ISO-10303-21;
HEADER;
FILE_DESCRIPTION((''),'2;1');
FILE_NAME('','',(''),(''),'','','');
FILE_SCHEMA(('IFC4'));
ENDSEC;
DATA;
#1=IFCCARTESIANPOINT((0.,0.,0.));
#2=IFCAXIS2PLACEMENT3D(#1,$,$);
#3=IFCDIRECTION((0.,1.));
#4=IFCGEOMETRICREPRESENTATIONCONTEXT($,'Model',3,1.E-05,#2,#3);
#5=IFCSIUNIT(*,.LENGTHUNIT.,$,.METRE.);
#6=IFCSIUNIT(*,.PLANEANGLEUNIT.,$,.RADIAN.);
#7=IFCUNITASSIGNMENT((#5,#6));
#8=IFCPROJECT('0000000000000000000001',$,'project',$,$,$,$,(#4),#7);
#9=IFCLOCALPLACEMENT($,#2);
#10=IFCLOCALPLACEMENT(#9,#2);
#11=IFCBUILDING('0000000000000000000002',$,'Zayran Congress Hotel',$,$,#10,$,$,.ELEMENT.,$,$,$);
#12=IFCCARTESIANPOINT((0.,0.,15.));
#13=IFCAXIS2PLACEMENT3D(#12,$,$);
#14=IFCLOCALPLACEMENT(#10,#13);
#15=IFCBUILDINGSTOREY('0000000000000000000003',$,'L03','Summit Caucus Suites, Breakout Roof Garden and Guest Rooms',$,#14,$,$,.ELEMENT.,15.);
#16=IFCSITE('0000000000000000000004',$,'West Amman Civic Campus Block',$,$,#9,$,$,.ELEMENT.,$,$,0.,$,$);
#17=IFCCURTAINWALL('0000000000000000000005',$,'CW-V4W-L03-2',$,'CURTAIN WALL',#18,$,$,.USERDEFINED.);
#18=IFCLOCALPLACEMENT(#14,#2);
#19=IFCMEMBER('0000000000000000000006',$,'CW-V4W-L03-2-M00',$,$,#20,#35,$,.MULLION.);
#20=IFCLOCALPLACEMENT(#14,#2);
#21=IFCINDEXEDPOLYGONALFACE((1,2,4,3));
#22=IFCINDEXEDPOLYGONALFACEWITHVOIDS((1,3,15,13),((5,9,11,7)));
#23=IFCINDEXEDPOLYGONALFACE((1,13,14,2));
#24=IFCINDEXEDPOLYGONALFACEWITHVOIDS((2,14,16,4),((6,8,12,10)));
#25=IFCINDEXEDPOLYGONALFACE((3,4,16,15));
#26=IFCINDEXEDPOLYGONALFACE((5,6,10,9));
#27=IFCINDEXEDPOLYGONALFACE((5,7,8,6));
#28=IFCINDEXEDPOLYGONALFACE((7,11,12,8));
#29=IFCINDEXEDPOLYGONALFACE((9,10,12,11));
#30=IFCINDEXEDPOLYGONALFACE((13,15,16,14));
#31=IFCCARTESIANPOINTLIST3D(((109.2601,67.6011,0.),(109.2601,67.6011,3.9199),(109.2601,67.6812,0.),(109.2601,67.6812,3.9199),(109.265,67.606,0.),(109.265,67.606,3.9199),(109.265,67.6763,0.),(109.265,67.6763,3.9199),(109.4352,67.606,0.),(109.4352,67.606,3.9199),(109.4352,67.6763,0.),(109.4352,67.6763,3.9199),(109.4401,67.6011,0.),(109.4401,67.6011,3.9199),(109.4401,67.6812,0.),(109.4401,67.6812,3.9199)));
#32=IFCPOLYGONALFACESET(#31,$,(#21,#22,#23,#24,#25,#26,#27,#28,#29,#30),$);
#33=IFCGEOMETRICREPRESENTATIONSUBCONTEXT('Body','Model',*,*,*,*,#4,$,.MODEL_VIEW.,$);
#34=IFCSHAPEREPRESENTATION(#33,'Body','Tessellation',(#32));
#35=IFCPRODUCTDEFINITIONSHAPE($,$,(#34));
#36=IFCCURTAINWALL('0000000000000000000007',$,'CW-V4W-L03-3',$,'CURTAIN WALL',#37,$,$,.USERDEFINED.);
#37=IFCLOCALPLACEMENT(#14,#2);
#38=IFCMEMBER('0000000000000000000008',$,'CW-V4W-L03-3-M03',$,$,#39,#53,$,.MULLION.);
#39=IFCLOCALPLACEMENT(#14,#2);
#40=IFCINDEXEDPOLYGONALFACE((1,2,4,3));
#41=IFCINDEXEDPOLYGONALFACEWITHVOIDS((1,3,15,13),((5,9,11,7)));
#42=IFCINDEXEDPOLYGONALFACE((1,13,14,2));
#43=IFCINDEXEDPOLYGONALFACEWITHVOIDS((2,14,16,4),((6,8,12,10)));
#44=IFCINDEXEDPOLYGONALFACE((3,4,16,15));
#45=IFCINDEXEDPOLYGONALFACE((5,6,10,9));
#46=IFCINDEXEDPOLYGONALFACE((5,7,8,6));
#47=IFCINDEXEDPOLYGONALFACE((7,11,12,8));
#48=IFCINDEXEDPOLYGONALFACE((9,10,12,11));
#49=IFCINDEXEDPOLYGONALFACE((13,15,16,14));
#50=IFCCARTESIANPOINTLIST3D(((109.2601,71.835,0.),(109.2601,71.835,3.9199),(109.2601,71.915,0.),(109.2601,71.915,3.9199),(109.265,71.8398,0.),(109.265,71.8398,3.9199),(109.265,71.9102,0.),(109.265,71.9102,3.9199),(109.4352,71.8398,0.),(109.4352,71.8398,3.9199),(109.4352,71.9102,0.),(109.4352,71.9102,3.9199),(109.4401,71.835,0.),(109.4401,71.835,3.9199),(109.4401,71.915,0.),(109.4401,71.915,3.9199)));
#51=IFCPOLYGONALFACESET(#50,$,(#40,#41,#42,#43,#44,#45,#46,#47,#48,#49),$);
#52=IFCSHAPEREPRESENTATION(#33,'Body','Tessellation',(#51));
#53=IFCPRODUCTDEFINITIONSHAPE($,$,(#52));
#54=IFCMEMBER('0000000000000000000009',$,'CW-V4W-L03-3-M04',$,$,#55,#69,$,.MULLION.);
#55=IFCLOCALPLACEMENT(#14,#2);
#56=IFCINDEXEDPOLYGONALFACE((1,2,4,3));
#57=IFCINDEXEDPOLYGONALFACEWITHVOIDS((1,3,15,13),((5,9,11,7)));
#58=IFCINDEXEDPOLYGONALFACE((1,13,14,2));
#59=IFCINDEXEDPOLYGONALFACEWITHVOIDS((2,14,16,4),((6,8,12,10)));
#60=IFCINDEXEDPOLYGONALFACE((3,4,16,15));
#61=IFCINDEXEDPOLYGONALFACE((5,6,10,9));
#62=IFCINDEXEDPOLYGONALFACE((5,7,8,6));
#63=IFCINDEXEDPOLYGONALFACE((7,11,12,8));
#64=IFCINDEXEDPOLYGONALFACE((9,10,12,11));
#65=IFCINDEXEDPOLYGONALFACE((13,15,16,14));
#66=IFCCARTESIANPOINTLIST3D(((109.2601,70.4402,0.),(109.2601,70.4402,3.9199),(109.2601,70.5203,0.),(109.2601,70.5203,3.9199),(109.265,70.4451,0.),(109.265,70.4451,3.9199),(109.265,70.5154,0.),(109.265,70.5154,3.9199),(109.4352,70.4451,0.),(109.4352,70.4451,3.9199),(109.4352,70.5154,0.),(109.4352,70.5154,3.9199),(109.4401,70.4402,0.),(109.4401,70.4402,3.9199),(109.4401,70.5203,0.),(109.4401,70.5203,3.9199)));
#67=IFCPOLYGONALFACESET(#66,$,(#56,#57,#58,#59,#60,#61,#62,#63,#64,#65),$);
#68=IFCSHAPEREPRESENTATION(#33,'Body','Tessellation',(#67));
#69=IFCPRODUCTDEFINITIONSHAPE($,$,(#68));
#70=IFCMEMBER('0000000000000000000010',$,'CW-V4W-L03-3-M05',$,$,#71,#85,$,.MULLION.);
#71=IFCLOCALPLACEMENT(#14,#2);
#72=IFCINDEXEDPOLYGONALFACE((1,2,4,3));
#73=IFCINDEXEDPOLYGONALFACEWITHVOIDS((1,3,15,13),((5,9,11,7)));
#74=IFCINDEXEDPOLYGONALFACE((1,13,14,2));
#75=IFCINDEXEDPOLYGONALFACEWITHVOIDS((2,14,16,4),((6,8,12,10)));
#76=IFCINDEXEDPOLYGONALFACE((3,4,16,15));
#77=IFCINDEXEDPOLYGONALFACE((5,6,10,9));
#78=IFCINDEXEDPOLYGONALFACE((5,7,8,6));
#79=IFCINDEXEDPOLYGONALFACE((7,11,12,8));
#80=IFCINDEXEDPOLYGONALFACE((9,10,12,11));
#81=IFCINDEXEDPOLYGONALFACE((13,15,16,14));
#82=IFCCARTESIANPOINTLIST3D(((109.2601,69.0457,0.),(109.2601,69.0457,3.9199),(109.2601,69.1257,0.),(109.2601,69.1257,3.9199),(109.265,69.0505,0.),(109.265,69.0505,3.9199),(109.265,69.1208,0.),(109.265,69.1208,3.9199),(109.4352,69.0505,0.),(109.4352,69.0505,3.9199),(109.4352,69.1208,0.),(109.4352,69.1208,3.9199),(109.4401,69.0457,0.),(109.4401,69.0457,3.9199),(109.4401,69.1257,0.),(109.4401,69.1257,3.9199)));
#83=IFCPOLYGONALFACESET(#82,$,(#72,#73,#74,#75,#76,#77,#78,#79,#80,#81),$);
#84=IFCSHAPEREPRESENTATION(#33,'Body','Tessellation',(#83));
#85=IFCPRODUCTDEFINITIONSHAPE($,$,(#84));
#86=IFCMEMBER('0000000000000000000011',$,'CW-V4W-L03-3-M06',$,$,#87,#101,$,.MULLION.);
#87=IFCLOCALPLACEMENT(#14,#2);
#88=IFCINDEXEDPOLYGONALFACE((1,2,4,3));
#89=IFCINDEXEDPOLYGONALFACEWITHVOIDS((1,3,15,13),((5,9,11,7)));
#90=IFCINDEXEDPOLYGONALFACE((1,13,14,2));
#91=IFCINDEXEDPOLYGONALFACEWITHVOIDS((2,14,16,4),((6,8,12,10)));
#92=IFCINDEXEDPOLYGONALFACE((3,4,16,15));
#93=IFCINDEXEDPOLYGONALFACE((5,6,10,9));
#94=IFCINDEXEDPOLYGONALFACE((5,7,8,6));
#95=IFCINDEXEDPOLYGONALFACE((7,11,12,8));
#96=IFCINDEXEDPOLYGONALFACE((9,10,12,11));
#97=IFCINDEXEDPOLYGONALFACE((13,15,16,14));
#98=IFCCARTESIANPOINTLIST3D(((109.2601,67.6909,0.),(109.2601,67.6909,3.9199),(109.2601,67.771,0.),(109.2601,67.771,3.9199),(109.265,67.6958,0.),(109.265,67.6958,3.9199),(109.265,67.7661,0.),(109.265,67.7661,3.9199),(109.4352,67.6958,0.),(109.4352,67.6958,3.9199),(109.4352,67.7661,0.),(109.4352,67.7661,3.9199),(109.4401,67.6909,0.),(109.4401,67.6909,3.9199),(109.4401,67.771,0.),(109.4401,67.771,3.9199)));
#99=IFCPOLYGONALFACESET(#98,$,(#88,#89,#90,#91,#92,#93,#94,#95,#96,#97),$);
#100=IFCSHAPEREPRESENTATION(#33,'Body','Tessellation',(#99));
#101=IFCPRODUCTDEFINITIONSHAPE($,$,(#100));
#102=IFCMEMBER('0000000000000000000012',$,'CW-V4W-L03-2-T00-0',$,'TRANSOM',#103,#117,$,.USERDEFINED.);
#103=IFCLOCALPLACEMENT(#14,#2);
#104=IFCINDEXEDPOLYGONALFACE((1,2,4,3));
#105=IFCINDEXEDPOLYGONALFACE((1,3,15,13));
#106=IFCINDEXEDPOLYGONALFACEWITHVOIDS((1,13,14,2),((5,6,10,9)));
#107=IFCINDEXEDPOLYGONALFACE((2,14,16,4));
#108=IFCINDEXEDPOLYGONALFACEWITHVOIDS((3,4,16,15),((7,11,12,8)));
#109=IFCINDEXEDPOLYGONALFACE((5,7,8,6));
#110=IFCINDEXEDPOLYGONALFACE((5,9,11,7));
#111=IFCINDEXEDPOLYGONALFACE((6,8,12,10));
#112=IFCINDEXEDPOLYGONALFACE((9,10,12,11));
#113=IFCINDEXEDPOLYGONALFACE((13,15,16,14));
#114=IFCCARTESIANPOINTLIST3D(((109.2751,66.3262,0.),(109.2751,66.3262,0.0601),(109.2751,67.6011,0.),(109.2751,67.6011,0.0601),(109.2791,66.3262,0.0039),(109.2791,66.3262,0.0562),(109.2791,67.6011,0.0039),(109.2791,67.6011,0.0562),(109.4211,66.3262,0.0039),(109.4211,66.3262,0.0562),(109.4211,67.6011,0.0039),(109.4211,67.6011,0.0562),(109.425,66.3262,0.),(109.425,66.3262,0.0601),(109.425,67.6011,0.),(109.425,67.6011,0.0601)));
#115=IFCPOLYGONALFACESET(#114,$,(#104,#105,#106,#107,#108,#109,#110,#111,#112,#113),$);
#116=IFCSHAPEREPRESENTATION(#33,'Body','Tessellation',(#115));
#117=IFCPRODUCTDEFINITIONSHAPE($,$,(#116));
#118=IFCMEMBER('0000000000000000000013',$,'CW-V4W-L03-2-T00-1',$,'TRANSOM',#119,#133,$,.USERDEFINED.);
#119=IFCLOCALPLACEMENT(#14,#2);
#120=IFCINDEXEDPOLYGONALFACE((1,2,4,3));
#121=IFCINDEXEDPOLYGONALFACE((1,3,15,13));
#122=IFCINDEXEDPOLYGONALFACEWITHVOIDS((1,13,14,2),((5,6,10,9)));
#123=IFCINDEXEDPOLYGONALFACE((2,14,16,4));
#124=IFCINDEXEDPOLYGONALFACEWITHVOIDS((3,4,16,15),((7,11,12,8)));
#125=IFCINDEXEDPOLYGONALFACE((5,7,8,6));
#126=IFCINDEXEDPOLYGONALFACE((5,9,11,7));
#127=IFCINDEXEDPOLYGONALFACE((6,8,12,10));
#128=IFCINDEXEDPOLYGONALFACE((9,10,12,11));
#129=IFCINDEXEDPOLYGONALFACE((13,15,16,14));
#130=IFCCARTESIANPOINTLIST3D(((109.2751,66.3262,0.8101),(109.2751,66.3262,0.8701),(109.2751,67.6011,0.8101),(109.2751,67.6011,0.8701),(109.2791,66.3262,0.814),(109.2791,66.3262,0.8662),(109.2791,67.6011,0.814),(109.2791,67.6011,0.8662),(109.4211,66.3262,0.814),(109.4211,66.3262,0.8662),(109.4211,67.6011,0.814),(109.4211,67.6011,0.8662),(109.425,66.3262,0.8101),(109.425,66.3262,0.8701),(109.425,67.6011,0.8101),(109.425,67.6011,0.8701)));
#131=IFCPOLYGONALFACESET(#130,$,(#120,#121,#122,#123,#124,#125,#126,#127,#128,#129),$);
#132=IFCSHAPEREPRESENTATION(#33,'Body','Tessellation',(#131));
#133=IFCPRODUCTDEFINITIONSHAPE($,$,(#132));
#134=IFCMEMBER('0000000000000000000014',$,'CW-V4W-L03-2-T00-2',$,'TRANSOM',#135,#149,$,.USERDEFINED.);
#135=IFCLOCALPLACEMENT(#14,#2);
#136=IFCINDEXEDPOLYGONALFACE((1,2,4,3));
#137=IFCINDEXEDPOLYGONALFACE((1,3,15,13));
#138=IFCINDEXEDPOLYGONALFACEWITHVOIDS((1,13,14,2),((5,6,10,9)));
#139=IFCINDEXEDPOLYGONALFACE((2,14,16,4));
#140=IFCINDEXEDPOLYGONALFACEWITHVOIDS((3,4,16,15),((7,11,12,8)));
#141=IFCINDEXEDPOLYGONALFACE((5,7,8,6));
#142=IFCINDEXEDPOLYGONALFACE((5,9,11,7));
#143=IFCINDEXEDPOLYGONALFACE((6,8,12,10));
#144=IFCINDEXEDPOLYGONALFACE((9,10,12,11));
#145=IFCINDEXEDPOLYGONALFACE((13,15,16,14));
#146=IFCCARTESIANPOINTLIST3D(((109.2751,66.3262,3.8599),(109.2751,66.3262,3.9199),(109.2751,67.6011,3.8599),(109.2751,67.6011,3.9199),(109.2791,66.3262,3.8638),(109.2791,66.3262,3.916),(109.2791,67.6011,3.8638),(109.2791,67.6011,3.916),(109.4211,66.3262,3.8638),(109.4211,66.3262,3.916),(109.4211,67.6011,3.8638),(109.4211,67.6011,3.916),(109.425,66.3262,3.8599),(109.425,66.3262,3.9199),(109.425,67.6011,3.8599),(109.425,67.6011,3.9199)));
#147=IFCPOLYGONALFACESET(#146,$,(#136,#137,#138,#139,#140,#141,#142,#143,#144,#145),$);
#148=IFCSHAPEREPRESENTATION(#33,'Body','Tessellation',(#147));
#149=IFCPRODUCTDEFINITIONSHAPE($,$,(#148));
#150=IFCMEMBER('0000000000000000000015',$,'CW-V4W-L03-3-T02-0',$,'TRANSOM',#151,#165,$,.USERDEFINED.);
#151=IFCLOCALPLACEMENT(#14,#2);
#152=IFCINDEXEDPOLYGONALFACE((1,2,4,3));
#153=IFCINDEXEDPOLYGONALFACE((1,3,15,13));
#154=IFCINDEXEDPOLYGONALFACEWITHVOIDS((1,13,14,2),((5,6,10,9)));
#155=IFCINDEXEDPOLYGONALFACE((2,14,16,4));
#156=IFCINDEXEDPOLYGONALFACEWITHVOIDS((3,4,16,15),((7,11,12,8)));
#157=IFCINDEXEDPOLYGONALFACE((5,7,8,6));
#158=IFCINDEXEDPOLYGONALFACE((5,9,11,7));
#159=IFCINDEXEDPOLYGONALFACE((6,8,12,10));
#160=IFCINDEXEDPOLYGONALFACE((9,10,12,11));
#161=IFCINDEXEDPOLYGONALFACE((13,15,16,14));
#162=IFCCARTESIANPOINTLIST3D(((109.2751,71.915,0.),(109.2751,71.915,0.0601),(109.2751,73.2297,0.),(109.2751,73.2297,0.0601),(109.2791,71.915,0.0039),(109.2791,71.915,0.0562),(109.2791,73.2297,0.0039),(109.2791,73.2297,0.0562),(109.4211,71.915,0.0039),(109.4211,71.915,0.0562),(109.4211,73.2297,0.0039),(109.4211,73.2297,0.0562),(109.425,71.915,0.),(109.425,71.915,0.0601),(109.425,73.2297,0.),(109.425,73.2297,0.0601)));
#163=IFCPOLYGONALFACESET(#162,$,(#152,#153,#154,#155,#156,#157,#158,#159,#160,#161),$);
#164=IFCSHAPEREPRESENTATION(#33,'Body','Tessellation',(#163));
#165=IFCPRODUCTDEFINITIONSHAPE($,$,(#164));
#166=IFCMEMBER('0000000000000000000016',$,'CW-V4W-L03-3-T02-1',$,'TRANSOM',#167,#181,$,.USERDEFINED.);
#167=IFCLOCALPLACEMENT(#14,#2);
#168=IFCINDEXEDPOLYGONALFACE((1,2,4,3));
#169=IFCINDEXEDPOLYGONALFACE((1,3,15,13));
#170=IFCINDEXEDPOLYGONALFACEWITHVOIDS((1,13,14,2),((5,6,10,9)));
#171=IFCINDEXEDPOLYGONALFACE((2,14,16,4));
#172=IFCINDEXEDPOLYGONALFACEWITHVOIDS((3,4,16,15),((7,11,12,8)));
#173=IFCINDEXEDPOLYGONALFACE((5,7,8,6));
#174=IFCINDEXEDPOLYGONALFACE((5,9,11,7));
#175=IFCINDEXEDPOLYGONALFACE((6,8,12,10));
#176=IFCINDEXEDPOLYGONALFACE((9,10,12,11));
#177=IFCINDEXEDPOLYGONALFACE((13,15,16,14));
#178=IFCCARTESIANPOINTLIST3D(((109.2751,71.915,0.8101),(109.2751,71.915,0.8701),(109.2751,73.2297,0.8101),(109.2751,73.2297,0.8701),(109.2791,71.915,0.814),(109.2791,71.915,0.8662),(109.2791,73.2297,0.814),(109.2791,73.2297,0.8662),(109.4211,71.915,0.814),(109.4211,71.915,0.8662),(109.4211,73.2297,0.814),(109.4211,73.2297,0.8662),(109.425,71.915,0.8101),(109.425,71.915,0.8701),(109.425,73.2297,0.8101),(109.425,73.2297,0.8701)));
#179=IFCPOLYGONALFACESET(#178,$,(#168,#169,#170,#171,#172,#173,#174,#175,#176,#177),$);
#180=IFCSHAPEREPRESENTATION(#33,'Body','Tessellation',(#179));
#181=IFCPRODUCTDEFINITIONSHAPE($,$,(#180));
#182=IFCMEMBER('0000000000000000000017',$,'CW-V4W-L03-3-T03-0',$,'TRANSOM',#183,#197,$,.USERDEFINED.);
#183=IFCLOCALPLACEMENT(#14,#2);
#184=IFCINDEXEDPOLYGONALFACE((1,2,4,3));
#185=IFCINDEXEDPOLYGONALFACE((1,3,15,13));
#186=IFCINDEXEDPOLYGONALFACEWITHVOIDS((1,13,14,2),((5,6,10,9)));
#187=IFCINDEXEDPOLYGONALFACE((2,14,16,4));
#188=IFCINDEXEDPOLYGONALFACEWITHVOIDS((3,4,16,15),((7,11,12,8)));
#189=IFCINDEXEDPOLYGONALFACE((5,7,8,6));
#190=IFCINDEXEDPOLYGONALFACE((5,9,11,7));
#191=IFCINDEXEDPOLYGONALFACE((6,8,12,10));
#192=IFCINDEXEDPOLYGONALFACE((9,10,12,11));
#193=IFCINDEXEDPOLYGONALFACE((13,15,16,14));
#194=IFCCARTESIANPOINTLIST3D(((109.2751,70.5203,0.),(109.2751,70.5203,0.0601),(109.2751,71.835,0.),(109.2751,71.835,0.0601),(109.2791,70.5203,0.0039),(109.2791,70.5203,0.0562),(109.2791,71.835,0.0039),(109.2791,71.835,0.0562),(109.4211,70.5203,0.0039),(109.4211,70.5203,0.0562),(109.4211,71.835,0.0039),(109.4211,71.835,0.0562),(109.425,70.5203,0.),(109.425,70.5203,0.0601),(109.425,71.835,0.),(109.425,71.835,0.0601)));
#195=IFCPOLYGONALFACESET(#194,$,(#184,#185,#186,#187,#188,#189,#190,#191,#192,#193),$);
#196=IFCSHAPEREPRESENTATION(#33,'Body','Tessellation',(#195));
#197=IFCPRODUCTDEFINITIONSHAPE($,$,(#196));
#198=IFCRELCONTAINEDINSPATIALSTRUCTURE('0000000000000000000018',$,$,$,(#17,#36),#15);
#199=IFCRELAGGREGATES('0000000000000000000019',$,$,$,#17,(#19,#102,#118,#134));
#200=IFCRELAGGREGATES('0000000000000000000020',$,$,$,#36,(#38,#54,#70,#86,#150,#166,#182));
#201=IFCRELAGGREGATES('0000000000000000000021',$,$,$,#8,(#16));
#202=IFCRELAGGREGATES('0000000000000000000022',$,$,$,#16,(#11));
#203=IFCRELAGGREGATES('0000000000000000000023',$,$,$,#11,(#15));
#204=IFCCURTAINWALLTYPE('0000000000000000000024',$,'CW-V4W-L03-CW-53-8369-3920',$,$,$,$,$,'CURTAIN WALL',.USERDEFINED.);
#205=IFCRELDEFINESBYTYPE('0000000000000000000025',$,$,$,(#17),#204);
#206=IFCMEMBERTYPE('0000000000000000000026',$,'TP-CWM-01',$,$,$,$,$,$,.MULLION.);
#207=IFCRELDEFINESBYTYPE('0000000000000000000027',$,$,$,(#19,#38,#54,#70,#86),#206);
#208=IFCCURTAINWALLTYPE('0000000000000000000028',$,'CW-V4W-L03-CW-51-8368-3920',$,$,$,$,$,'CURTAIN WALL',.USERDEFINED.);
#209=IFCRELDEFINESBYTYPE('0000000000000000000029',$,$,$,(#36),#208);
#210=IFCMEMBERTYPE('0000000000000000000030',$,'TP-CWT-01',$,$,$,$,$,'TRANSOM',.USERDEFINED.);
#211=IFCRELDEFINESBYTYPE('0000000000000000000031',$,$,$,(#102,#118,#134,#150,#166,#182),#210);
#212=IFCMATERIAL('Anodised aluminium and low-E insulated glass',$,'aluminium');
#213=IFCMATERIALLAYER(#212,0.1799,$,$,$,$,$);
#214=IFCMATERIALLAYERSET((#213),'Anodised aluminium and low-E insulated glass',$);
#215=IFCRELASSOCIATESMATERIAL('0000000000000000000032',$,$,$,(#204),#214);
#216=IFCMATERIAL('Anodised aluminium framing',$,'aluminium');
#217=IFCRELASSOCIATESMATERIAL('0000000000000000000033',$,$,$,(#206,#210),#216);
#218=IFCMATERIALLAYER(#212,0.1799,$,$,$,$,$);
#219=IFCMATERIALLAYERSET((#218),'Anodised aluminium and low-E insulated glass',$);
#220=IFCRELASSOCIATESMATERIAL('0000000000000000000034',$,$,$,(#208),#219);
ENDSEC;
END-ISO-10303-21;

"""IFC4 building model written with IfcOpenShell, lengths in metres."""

from ifc_helpers import new_model, si_unit, direction, frame, origin, origin_2d, place, context, subcontext, project, spatial, hollow_rectangle, extrude, material, layer, layer_set, material_profile, profile_set, type_object, element, aggregate, save


model = new_model("IFC4")

# Units and contexts
model_context = context("Model", 3, precision=1e-05, world=origin(), true_north=direction((0.0, 1.0)))
body_context = subcontext(model_context, "Body", "Model", "MODEL_VIEW")
ifc_project = project(units=[si_unit("LENGTHUNIT", "METRE"), si_unit("PLANEANGLEUNIT", "RADIAN")], contexts=[model_context])

# Site, building, storey
site_placement = place(None, origin())
site = spatial("IfcSite", under=ifc_project, at=site_placement, Name="West Amman Civic Campus Block", CompositionType="ELEMENT", RefElevation=0.0)
building_placement = place(site_placement, origin())
building = spatial("IfcBuilding", under=site, at=building_placement, Name="Zayran Congress Hotel", CompositionType="ELEMENT")
storey_placement = place(building_placement, frame((0.0, 0.0, 15.0)))
storey = spatial("IfcBuildingStorey", under=building, at=storey_placement, Name="L03", Description="Summit Caucus Suites, Breakout Roof Garden and Guest Rooms", CompositionType="ELEMENT", Elevation=15.0)

# Curtain wall, member
ifc_material_1 = material(Name="Anodised aluminium and low-E insulated glass", Category="aluminium")
ifc_layer_1 = layer(ifc_material_1, 0.1799)
ifc_layer_set_1 = layer_set([ifc_layer_1], Name="Anodised aluminium and low-E insulated glass")
curtain_wall_type_1 = type_object("IfcCurtainWallType", Name="CW-V4W-L03-CW-53-8369-3920", ElementType="CURTAIN WALL", PredefinedType="USERDEFINED", material=ifc_layer_set_1)
curtain_wall_1_placement = place(storey_placement, origin())
curtain_wall_1 = element("IfcCurtainWall", 1, at=curtain_wall_1_placement, inside=storey, type_object=curtain_wall_type_1, Name="CW-V4W-L03-2", ObjectType="CURTAIN WALL", PredefinedType="USERDEFINED")
ifc_material_2 = material(Name="Anodised aluminium framing", Category="aluminium")
ifc_material_profile_1 = material_profile(ifc_material_2, hollow_rectangle(XDim=0.0801, YDim=0.1799, WallThickness=0.0049, at=origin_2d()), Name="RHS 180x80x5")
ifc_profile_set_1 = profile_set([ifc_material_profile_1], Name="Anodised aluminium framing")
member_type_1 = type_object("IfcMemberType", Name="TP-CWM-01", PredefinedType="MULLION", material=ifc_profile_set_1)
member_1_placement = place(storey_placement, frame((109.3501, 67.6411, 0.0), z_axis=(0.0, 0.0, 1.0), x_axis=(0.0, 1.0, 0.0)))
member_1 = element("IfcMember", 2, at=member_1_placement, type_object=member_type_1, Name="CW-V4W-L03-2-M00", PredefinedType="MULLION", context=body_context, shape_type="SweptSolid", body=[
    extrude(hollow_rectangle(XDim=0.0801, YDim=0.1799, WallThickness=0.0049, at=origin_2d()), origin(), (0.0, 0.0, 1.0), 3.9199),
])

# Curtain wall, members
ifc_layer_2 = layer(ifc_material_1, 0.1799)
ifc_layer_set_2 = layer_set([ifc_layer_2], Name="Anodised aluminium and low-E insulated glass")
curtain_wall_type_2 = type_object("IfcCurtainWallType", Name="CW-V4W-L03-CW-51-8368-3920", ElementType="CURTAIN WALL", PredefinedType="USERDEFINED", material=ifc_layer_set_2)
curtain_wall_2_placement = place(storey_placement, origin())
curtain_wall_2 = element("IfcCurtainWall", 3, at=curtain_wall_2_placement, inside=storey, type_object=curtain_wall_type_2, Name="CW-V4W-L03-3", ObjectType="CURTAIN WALL", PredefinedType="USERDEFINED")
member_2_placement = place(storey_placement, frame((109.3501, 71.875, 0.0), z_axis=(0.0, 0.0, 1.0), x_axis=(0.0, 1.0, 0.0)))
member_2 = element("IfcMember", 4, at=member_2_placement, type_object=member_type_1, Name="CW-V4W-L03-3-M03", PredefinedType="MULLION", context=body_context, shape_type="SweptSolid", body=[
    extrude(hollow_rectangle(XDim=0.0801, YDim=0.1799, WallThickness=0.0049, at=origin_2d()), origin(), (0.0, 0.0, 1.0), 3.9199),
])
member_3_placement = place(storey_placement, frame((109.3501, 70.4802, 0.0), z_axis=(0.0, 0.0, 1.0), x_axis=(0.0, 1.0, 0.0)))
member_3 = element("IfcMember", 5, at=member_3_placement, type_object=member_type_1, Name="CW-V4W-L03-3-M04", PredefinedType="MULLION", context=body_context, shape_type="SweptSolid", body=[
    extrude(hollow_rectangle(XDim=0.0801, YDim=0.1799, WallThickness=0.0049, at=origin_2d()), origin(), (0.0, 0.0, 1.0), 3.9199),
])
member_4_placement = place(storey_placement, frame((109.3501, 69.0857, 0.0), z_axis=(0.0, 0.0, 1.0), x_axis=(0.0, 1.0, 0.0)))
member_4 = element("IfcMember", 6, at=member_4_placement, type_object=member_type_1, Name="CW-V4W-L03-3-M05", PredefinedType="MULLION", context=body_context, shape_type="SweptSolid", body=[
    extrude(hollow_rectangle(XDim=0.0801, YDim=0.1799, WallThickness=0.0049, at=origin_2d()), origin(), (0.0, 0.0, 1.0), 3.9199),
])
member_5_placement = place(storey_placement, frame((109.3501, 67.731, 0.0), z_axis=(0.0, 0.0, 1.0), x_axis=(0.0, 1.0, 0.0)))
member_5 = element("IfcMember", 7, at=member_5_placement, type_object=member_type_1, Name="CW-V4W-L03-3-M06", PredefinedType="MULLION", context=body_context, shape_type="SweptSolid", body=[
    extrude(hollow_rectangle(XDim=0.0801, YDim=0.1799, WallThickness=0.0049, at=origin_2d()), origin(), (0.0, 0.0, 1.0), 3.9199),
])

# Members
ifc_material_profile_2 = material_profile(ifc_material_2, hollow_rectangle(XDim=0.0601, YDim=0.1499, WallThickness=0.0039, at=origin_2d()), Name="RHS 150x60x4")
ifc_profile_set_2 = profile_set([ifc_material_profile_2], Name="Anodised aluminium framing")
member_type_2 = type_object("IfcMemberType", Name="TP-CWT-01", ElementType="TRANSOM", PredefinedType="USERDEFINED", material=ifc_profile_set_2)
member_6_placement = place(storey_placement, frame((109.3501, 67.6011, 0.03), z_axis=(0.0, -1.0, 0.0), x_axis=(0.0, 0.0, 1.0)))
member_6 = element("IfcMember", 8, at=member_6_placement, type_object=member_type_2, Name="CW-V4W-L03-2-T00-0", ObjectType="TRANSOM", PredefinedType="USERDEFINED", context=body_context, shape_type="SweptSolid", body=[
    extrude(hollow_rectangle(XDim=0.0601, YDim=0.1499, WallThickness=0.0039, at=origin_2d()), origin(), (0.0, 0.0, 1.0), 1.2749),
])
member_7_placement = place(storey_placement, frame((109.3501, 67.6011, 0.8401), z_axis=(0.0, -1.0, 0.0), x_axis=(0.0, 0.0, 1.0)))
member_7 = element("IfcMember", 9, at=member_7_placement, type_object=member_type_2, Name="CW-V4W-L03-2-T00-1", ObjectType="TRANSOM", PredefinedType="USERDEFINED", context=body_context, shape_type="SweptSolid", body=[
    extrude(hollow_rectangle(XDim=0.0601, YDim=0.1499, WallThickness=0.0039, at=origin_2d()), origin(), (0.0, 0.0, 1.0), 1.2749),
])
member_8_placement = place(storey_placement, frame((109.3501, 67.6011, 3.8899), z_axis=(0.0, -1.0, 0.0), x_axis=(0.0, 0.0, 1.0)))
member_8 = element("IfcMember", 10, at=member_8_placement, type_object=member_type_2, Name="CW-V4W-L03-2-T00-2", ObjectType="TRANSOM", PredefinedType="USERDEFINED", context=body_context, shape_type="SweptSolid", body=[
    extrude(hollow_rectangle(XDim=0.0601, YDim=0.1499, WallThickness=0.0039, at=origin_2d()), origin(), (0.0, 0.0, 1.0), 1.2749),
])
member_9_placement = place(storey_placement, frame((109.3501, 73.2297, 0.03), z_axis=(0.0, -1.0, 0.0), x_axis=(0.0, 0.0, 1.0)))
member_9 = element("IfcMember", 11, at=member_9_placement, type_object=member_type_2, Name="CW-V4W-L03-3-T02-0", ObjectType="TRANSOM", PredefinedType="USERDEFINED", context=body_context, shape_type="SweptSolid", body=[
    extrude(hollow_rectangle(XDim=0.0601, YDim=0.1499, WallThickness=0.0039, at=origin_2d()), origin(), (0.0, 0.0, 1.0), 1.3147),
])
member_10_placement = place(storey_placement, frame((109.3501, 73.2297, 0.8401), z_axis=(0.0, -1.0, 0.0), x_axis=(0.0, 0.0, 1.0)))
member_10 = element("IfcMember", 12, at=member_10_placement, type_object=member_type_2, Name="CW-V4W-L03-3-T02-1", ObjectType="TRANSOM", PredefinedType="USERDEFINED", context=body_context, shape_type="SweptSolid", body=[
    extrude(hollow_rectangle(XDim=0.0601, YDim=0.1499, WallThickness=0.0039, at=origin_2d()), origin(), (0.0, 0.0, 1.0), 1.3147),
])
member_11_placement = place(storey_placement, frame((109.3501, 71.835, 0.03), z_axis=(0.0, -1.0, 0.0), x_axis=(0.0, 0.0, 1.0)))
member_11 = element("IfcMember", 13, at=member_11_placement, type_object=member_type_2, Name="CW-V4W-L03-3-T03-0", ObjectType="TRANSOM", PredefinedType="USERDEFINED", context=body_context, shape_type="SweptSolid", body=[
    extrude(hollow_rectangle(XDim=0.0601, YDim=0.1499, WallThickness=0.0039, at=origin_2d()), origin(), (0.0, 0.0, 1.0), 1.3147),
])

aggregate(curtain_wall_1, [member_1, member_6, member_7, member_8])
aggregate(curtain_wall_2, [member_2, member_3, member_4, member_5, member_9, member_10, member_11])

save(model, "model.ifc")
